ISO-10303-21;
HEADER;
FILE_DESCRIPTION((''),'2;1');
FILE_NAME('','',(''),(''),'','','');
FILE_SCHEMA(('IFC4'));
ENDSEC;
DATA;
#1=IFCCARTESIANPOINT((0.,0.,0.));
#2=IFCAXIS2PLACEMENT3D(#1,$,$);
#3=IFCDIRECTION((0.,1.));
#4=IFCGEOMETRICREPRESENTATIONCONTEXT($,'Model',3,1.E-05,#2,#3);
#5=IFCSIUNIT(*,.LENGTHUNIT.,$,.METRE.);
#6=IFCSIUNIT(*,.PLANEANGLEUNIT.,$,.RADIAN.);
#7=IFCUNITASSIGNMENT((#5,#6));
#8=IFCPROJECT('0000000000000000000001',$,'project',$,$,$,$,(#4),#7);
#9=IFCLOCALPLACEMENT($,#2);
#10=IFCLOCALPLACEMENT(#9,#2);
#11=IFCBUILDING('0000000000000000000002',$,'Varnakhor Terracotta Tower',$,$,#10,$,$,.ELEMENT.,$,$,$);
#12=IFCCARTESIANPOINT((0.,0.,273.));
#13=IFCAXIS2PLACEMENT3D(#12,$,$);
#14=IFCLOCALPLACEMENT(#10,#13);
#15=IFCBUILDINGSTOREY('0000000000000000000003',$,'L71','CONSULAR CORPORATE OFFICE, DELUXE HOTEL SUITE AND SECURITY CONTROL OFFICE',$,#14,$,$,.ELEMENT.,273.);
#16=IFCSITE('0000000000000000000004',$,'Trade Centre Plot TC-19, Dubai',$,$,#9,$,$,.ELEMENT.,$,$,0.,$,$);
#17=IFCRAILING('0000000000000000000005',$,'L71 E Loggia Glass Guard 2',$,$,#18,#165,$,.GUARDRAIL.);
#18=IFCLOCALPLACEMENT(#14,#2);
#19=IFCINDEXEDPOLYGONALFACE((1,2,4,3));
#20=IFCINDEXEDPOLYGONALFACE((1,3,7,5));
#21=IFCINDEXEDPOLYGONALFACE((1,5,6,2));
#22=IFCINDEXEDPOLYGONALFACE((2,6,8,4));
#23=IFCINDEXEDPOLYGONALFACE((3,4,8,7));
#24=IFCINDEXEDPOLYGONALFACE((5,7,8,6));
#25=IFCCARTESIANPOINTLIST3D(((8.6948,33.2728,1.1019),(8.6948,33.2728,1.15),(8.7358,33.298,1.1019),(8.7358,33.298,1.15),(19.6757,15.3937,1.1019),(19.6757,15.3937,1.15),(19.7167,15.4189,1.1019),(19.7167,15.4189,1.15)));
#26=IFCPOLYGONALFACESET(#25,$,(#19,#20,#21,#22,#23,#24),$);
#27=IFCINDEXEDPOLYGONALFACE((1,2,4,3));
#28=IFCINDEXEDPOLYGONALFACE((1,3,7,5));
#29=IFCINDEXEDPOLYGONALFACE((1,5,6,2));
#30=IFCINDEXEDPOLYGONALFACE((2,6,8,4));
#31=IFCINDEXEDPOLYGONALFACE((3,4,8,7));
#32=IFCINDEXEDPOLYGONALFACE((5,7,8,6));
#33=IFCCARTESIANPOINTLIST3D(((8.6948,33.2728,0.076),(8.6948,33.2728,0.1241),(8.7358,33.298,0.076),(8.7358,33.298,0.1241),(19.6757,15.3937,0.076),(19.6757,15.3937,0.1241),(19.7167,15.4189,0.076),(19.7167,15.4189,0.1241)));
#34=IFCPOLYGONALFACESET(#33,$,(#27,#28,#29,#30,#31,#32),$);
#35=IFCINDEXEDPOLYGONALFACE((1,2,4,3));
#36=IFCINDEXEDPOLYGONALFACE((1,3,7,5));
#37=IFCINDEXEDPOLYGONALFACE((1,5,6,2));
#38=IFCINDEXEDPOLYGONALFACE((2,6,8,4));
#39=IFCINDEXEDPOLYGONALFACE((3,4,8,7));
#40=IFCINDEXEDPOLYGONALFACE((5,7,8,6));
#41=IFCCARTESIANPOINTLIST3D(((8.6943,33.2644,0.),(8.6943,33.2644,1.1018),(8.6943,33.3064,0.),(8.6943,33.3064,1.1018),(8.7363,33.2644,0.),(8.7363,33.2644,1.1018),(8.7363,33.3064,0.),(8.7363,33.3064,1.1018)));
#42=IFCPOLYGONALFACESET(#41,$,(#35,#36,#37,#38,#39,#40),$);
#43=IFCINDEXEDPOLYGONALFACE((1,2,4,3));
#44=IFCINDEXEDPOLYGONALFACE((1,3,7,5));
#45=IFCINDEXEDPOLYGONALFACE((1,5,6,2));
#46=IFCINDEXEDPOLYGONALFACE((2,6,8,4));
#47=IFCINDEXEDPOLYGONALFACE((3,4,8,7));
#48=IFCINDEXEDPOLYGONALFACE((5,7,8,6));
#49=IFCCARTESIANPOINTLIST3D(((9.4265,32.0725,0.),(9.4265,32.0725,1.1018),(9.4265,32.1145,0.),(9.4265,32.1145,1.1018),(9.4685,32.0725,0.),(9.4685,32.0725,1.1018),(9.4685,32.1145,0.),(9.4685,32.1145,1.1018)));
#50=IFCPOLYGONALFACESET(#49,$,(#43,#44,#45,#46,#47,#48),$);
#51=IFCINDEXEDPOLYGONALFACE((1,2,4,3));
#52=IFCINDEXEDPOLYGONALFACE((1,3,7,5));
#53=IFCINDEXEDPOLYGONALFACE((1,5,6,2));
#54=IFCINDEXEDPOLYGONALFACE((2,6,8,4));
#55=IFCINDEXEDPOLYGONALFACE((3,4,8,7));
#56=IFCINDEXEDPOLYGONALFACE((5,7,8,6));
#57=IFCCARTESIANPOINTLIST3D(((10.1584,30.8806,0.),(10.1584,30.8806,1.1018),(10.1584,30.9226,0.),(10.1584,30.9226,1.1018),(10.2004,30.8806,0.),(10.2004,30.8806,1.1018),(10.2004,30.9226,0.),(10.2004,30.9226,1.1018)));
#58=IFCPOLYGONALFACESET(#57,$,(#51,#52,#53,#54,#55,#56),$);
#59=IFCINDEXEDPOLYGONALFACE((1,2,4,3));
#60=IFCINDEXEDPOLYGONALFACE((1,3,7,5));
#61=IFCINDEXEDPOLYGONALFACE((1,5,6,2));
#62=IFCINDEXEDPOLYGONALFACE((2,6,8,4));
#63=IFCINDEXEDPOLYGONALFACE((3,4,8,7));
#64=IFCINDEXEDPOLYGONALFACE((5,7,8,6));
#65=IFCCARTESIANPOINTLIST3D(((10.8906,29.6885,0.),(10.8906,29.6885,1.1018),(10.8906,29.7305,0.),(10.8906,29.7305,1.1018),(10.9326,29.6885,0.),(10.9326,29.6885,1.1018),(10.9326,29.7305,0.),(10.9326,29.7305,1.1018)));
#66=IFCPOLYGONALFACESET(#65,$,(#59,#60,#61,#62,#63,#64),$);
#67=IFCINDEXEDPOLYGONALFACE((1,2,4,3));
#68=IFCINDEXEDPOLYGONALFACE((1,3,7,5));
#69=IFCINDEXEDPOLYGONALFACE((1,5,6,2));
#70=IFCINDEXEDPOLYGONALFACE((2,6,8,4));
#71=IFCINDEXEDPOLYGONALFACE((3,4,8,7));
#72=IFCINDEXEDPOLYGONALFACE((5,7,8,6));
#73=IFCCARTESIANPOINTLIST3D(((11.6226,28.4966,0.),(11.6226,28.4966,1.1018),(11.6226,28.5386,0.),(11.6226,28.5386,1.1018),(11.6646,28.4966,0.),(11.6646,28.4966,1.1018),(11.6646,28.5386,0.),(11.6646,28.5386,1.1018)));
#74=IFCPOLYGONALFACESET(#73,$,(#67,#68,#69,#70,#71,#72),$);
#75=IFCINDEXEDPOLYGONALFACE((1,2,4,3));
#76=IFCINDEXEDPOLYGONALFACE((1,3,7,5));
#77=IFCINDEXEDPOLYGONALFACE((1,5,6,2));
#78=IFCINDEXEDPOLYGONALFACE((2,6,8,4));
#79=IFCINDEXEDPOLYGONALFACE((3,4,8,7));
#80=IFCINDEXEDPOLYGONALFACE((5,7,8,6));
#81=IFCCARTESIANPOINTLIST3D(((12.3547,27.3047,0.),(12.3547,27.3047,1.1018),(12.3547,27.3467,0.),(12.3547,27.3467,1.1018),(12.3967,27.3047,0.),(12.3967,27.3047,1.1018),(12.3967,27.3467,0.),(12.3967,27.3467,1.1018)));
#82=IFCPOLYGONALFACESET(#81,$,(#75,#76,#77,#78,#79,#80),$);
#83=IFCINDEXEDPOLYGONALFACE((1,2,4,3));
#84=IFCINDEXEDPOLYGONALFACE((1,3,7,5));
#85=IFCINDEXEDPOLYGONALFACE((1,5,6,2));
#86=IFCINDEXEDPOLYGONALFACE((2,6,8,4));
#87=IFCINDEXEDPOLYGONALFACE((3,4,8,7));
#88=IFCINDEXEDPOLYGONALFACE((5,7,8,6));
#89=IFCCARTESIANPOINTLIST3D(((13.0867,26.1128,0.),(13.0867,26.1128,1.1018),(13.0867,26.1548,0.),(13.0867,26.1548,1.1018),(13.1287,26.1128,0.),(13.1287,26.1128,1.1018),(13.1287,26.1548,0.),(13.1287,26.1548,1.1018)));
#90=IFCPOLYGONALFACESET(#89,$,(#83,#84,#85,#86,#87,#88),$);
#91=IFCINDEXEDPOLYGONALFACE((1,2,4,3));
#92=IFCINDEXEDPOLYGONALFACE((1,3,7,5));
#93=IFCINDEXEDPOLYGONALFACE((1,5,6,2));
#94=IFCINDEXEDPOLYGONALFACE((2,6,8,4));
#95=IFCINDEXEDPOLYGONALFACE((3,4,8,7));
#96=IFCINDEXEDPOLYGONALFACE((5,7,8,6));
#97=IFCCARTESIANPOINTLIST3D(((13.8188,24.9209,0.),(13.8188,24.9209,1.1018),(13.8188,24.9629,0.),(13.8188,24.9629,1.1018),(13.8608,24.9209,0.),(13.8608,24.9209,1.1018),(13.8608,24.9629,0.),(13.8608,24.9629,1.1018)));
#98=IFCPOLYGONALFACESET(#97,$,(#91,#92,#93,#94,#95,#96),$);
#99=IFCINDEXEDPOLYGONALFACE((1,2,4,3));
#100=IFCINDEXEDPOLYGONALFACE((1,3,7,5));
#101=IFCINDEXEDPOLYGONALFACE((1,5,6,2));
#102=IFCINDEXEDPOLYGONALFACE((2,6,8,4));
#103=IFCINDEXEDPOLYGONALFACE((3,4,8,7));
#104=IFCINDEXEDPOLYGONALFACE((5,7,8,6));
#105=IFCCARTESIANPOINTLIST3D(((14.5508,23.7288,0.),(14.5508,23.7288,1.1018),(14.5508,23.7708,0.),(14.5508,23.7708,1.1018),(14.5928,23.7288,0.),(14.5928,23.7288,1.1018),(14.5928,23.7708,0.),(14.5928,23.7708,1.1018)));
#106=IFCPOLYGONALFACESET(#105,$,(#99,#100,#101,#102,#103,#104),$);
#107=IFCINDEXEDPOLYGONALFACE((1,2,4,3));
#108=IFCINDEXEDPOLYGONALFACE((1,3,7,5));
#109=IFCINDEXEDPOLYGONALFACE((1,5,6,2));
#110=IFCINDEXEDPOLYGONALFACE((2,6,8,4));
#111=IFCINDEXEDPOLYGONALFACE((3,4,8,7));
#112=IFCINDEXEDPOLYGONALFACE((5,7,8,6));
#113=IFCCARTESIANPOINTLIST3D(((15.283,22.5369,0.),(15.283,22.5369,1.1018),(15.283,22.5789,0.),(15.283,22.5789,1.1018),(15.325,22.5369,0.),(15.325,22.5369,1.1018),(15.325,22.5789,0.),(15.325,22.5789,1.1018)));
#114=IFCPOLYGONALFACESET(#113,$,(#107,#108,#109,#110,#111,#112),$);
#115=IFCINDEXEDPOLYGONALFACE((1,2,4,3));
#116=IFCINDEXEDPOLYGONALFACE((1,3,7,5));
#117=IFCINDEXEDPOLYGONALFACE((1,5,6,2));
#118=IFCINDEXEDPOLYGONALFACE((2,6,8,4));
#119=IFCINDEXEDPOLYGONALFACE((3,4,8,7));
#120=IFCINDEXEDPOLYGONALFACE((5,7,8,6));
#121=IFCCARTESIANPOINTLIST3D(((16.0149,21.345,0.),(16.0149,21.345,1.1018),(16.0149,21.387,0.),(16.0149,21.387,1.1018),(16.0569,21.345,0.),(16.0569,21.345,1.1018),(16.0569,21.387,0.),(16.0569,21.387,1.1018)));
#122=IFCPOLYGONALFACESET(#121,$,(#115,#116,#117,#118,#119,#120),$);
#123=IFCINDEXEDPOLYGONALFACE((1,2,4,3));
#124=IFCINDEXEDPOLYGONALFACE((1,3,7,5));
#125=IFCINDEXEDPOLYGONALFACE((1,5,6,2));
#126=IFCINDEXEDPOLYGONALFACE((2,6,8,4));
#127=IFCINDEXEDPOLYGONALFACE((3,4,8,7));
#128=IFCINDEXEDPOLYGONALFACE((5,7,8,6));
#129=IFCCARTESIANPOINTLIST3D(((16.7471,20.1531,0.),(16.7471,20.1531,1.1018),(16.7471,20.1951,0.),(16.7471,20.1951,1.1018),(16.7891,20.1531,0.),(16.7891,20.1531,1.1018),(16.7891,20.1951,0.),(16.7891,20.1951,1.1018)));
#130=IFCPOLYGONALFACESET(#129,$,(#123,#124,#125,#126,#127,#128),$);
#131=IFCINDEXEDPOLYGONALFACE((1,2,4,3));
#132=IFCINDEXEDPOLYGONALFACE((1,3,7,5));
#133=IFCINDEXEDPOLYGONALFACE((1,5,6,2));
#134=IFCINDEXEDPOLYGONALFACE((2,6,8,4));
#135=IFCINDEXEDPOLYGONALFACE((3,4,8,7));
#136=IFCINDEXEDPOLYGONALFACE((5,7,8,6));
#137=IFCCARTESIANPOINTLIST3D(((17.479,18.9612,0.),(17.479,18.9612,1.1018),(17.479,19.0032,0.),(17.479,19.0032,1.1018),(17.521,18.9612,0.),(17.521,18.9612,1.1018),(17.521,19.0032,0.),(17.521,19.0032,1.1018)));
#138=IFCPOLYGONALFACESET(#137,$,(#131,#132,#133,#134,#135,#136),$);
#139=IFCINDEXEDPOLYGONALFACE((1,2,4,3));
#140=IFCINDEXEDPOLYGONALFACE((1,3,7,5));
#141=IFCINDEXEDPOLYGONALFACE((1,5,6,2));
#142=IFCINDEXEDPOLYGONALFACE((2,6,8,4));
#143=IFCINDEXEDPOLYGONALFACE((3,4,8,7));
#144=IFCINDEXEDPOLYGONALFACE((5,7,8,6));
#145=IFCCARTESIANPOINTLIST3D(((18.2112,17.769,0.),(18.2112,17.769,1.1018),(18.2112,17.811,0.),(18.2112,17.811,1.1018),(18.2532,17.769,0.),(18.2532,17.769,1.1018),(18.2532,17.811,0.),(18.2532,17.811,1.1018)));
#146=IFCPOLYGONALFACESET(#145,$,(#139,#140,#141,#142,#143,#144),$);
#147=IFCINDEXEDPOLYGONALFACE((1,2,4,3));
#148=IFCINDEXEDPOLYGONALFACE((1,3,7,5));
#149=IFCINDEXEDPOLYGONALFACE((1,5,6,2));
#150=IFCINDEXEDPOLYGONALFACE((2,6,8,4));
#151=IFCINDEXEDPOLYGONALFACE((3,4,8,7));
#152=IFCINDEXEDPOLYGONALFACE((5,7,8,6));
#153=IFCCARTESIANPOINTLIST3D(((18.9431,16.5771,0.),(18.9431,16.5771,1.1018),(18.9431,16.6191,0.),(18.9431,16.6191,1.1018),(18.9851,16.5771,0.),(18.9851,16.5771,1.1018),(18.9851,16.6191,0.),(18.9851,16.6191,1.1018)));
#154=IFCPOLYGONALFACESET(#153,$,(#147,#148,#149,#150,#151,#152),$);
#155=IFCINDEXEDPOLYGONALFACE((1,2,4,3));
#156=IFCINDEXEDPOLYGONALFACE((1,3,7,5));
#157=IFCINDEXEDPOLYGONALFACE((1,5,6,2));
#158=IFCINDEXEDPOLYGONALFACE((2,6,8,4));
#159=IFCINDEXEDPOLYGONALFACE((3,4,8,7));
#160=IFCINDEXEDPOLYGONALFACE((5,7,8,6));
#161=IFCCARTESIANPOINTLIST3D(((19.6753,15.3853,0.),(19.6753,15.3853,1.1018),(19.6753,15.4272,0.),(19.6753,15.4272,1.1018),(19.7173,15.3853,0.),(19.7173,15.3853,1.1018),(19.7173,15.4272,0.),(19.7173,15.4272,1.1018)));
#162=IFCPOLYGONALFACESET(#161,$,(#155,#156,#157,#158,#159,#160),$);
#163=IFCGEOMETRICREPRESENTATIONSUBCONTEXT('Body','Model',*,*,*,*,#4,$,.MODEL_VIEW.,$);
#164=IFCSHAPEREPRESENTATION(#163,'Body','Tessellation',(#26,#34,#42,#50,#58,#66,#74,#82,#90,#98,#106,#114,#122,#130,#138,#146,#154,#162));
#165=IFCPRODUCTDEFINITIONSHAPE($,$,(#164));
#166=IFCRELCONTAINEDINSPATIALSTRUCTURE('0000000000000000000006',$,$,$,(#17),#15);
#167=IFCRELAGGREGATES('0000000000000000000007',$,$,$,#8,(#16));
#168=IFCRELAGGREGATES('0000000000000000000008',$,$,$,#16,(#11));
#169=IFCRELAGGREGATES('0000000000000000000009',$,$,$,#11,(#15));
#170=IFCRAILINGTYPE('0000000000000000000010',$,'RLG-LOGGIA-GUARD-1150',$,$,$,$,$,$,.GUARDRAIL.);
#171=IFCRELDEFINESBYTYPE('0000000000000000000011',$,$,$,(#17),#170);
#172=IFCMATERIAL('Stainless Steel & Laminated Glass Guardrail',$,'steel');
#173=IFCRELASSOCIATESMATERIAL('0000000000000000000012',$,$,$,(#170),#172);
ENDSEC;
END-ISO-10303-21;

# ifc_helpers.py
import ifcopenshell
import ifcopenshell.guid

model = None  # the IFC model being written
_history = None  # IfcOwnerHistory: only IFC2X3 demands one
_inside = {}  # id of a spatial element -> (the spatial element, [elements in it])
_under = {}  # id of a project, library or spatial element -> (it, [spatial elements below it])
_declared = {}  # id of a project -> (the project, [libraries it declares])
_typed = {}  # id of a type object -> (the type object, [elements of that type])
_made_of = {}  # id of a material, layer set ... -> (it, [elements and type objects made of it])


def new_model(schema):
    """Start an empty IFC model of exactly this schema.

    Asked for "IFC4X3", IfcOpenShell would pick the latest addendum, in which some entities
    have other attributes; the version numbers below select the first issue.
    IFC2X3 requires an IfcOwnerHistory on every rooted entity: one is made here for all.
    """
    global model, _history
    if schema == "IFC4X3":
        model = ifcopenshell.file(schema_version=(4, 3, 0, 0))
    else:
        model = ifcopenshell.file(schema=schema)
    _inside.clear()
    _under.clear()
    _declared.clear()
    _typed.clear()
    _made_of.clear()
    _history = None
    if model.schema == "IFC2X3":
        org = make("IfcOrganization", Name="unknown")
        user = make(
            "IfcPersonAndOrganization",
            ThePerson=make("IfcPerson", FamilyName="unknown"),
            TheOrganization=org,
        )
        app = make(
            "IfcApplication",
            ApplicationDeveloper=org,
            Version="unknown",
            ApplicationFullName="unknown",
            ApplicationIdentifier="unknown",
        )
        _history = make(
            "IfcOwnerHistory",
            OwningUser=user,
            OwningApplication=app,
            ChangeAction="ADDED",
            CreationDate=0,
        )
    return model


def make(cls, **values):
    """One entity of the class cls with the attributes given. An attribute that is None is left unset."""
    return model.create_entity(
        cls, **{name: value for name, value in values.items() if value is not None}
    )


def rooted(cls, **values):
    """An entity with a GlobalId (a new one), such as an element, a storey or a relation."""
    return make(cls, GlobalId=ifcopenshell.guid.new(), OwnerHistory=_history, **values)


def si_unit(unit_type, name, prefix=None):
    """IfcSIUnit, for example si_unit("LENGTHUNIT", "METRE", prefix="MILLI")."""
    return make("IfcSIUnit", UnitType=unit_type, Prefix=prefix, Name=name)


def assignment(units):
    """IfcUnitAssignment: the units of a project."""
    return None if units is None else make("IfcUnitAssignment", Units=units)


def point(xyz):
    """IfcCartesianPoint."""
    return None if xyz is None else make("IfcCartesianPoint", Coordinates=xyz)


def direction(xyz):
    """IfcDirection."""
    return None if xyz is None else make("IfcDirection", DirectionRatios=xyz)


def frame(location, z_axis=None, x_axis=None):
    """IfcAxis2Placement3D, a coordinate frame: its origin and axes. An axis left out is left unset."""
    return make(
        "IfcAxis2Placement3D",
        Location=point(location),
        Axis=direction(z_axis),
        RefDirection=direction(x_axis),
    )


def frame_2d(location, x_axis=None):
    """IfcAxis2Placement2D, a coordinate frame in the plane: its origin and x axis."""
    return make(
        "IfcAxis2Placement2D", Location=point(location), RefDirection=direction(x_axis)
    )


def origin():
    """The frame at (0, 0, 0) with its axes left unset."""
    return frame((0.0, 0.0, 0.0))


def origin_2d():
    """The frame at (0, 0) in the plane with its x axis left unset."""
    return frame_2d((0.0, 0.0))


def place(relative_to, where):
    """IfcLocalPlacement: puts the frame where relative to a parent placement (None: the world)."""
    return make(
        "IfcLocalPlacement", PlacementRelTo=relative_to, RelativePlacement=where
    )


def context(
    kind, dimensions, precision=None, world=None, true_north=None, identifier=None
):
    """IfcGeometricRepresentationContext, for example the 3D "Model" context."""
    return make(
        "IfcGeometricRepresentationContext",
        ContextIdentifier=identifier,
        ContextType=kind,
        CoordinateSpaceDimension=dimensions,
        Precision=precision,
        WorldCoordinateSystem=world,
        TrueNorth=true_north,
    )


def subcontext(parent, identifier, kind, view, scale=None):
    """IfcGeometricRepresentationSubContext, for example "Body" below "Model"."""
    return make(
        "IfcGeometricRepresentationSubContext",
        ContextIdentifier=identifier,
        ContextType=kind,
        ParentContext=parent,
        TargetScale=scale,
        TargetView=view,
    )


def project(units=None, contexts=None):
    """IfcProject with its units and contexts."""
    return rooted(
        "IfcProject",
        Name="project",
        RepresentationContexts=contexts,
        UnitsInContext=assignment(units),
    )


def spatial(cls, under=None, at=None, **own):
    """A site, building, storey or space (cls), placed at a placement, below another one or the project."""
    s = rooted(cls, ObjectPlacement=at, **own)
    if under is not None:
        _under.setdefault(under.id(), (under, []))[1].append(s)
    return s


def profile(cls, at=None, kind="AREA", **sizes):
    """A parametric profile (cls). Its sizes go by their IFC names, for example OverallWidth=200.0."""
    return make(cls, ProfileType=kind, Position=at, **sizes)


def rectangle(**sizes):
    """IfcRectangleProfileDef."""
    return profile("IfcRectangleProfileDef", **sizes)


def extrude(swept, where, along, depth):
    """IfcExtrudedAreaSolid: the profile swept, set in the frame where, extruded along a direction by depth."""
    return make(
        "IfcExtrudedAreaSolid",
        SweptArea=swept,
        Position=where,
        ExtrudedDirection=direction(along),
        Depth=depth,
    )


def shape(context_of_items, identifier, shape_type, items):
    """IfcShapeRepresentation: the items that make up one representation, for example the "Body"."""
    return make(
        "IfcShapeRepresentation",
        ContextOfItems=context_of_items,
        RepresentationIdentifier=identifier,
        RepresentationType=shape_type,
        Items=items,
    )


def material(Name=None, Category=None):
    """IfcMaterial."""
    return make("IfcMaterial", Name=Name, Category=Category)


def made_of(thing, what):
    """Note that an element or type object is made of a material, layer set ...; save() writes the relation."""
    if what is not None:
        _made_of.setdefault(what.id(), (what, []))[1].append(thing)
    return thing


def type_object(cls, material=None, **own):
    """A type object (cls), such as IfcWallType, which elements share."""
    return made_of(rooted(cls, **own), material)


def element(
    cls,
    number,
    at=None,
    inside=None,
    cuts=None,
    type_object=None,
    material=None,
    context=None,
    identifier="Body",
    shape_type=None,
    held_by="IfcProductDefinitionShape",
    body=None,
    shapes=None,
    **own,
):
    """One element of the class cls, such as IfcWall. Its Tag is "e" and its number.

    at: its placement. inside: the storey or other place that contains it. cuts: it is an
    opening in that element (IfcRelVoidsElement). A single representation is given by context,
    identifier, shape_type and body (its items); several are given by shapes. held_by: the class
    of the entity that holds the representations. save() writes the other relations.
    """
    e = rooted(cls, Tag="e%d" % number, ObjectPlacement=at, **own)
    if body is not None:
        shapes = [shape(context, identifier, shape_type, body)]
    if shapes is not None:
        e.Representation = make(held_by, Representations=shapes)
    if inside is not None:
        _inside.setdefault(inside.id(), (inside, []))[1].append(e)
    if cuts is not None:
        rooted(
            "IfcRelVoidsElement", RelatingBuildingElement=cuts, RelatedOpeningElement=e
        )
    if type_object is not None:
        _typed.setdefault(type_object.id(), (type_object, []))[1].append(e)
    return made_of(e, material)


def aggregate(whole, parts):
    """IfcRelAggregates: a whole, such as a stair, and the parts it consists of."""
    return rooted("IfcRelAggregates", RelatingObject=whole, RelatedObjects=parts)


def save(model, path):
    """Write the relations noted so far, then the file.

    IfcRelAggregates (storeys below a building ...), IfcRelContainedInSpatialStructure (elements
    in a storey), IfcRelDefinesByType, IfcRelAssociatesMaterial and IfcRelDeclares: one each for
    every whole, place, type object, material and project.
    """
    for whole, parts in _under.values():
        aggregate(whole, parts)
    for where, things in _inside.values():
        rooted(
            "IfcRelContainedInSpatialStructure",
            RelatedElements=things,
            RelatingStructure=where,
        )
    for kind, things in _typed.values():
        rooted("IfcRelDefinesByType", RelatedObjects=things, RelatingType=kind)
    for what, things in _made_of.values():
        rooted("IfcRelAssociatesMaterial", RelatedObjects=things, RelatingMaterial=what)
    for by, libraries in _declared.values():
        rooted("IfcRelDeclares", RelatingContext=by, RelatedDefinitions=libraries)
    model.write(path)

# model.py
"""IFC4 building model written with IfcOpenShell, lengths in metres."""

from ifc_helpers import new_model, si_unit, direction, frame, origin, origin_2d, place, context, subcontext, project, spatial, rectangle, extrude, material, type_object, element, save


model = new_model("IFC4")

# Units and contexts
model_context = context("Model", 3, precision=1e-05, world=origin(), true_north=direction((0.0, 1.0)))
body_context = subcontext(model_context, "Body", "Model", "MODEL_VIEW")
ifc_project = project(units=[si_unit("LENGTHUNIT", "METRE"), si_unit("PLANEANGLEUNIT", "RADIAN")], contexts=[model_context])

# Site, building, storey
site_placement = place(None, origin())
site = spatial("IfcSite", under=ifc_project, at=site_placement, Name="Trade Centre Plot TC-19, Dubai", CompositionType="ELEMENT", RefElevation=0.0)
building_placement = place(site_placement, origin())
building = spatial("IfcBuilding", under=site, at=building_placement, Name="Varnakhor Terracotta Tower", CompositionType="ELEMENT")
storey_placement = place(building_placement, frame((0.0, 0.0, 273.0)))
storey = spatial("IfcBuildingStorey", under=building, at=storey_placement, Name="L71", Description="CONSULAR CORPORATE OFFICE, DELUXE HOTEL SUITE AND SECURITY CONTROL OFFICE", CompositionType="ELEMENT", Elevation=273.0)

# Railing
ifc_material_1 = material(Name="Stainless Steel & Laminated Glass Guardrail", Category="steel")
railing_type = type_object("IfcRailingType", Name="RLG-LOGGIA-GUARD-1150", PredefinedType="GUARDRAIL", material=ifc_material_1)
railing_1_placement = place(storey_placement, frame((8.7153, 33.2854, 0.0)))
element("IfcRailing", 1, at=railing_1_placement, inside=storey, type_object=railing_type, Name="L71 E Loggia Glass Guard 2", PredefinedType="GUARDRAIL", context=body_context, shape_type="SweptSolid", body=[
    extrude(rectangle(XDim=0.0481, YDim=0.0481, at=origin_2d()), frame((0.0, 0.0, 1.126), z_axis=(0.523351, -0.852117, 0.0), x_axis=(0.852117, 0.523351, 0.0)), (0.0, 0.0, 1.0), 20.9819),
    extrude(rectangle(XDim=0.0481, YDim=0.0481, at=origin_2d()), frame((0.0, 0.0, 0.1001), z_axis=(0.523351, -0.852117, 0.0), x_axis=(0.852117, 0.523351, 0.0)), (0.0, 0.0, 1.0), 20.9819),
    extrude(rectangle(XDim=0.042, YDim=0.042, at=origin_2d()), origin(), (0.0, 0.0, 1.0), 1.1018),
    extrude(rectangle(XDim=0.042, YDim=0.042, at=origin_2d()), frame((0.7322, -1.1919, 0.0)), (0.0, 0.0, 1.0), 1.1018),
    extrude(rectangle(XDim=0.042, YDim=0.042, at=origin_2d()), frame((1.4641, -2.3838, 0.0)), (0.0, 0.0, 1.0), 1.1018),
    extrude(rectangle(XDim=0.042, YDim=0.042, at=origin_2d()), frame((2.1963, -3.5759, 0.0)), (0.0, 0.0, 1.0), 1.1018),
    extrude(rectangle(XDim=0.042, YDim=0.042, at=origin_2d()), frame((2.9282, -4.7678, 0.0)), (0.0, 0.0, 1.0), 1.1018),
    extrude(rectangle(XDim=0.042, YDim=0.042, at=origin_2d()), frame((3.6604, -5.9597, 0.0)), (0.0, 0.0, 1.0), 1.1018),
    extrude(rectangle(XDim=0.042, YDim=0.042, at=origin_2d()), frame((4.3923, -7.1516, 0.0)), (0.0, 0.0, 1.0), 1.1018),
    extrude(rectangle(XDim=0.042, YDim=0.042, at=origin_2d()), frame((5.1245, -8.3435, 0.0)), (0.0, 0.0, 1.0), 1.1018),
    extrude(rectangle(XDim=0.042, YDim=0.042, at=origin_2d()), frame((5.8564, -9.5356, 0.0)), (0.0, 0.0, 1.0), 1.1018),
    extrude(rectangle(XDim=0.042, YDim=0.042, at=origin_2d()), frame((6.5886, -10.7275, 0.0)), (0.0, 0.0, 1.0), 1.1018),
    extrude(rectangle(XDim=0.042, YDim=0.042, at=origin_2d()), frame((7.3206, -11.9194, 0.0)), (0.0, 0.0, 1.0), 1.1018),
    extrude(rectangle(XDim=0.042, YDim=0.042, at=origin_2d()), frame((8.0527, -13.1113, 0.0)), (0.0, 0.0, 1.0), 1.1018),
    extrude(rectangle(XDim=0.042, YDim=0.042, at=origin_2d()), frame((8.7847, -14.3032, 0.0)), (0.0, 0.0, 1.0), 1.1018),
    extrude(rectangle(XDim=0.042, YDim=0.042, at=origin_2d()), frame((9.5168, -15.4954, 0.0)), (0.0, 0.0, 1.0), 1.1018),
    extrude(rectangle(XDim=0.042, YDim=0.042, at=origin_2d()), frame((10.2488, -16.6873, 0.0)), (0.0, 0.0, 1.0), 1.1018),
    extrude(rectangle(XDim=0.042, YDim=0.042, at=origin_2d()), frame((10.981, -17.8792, 0.0)), (0.0, 0.0, 1.0), 1.1018),
])

save(model, "model.ifc")
